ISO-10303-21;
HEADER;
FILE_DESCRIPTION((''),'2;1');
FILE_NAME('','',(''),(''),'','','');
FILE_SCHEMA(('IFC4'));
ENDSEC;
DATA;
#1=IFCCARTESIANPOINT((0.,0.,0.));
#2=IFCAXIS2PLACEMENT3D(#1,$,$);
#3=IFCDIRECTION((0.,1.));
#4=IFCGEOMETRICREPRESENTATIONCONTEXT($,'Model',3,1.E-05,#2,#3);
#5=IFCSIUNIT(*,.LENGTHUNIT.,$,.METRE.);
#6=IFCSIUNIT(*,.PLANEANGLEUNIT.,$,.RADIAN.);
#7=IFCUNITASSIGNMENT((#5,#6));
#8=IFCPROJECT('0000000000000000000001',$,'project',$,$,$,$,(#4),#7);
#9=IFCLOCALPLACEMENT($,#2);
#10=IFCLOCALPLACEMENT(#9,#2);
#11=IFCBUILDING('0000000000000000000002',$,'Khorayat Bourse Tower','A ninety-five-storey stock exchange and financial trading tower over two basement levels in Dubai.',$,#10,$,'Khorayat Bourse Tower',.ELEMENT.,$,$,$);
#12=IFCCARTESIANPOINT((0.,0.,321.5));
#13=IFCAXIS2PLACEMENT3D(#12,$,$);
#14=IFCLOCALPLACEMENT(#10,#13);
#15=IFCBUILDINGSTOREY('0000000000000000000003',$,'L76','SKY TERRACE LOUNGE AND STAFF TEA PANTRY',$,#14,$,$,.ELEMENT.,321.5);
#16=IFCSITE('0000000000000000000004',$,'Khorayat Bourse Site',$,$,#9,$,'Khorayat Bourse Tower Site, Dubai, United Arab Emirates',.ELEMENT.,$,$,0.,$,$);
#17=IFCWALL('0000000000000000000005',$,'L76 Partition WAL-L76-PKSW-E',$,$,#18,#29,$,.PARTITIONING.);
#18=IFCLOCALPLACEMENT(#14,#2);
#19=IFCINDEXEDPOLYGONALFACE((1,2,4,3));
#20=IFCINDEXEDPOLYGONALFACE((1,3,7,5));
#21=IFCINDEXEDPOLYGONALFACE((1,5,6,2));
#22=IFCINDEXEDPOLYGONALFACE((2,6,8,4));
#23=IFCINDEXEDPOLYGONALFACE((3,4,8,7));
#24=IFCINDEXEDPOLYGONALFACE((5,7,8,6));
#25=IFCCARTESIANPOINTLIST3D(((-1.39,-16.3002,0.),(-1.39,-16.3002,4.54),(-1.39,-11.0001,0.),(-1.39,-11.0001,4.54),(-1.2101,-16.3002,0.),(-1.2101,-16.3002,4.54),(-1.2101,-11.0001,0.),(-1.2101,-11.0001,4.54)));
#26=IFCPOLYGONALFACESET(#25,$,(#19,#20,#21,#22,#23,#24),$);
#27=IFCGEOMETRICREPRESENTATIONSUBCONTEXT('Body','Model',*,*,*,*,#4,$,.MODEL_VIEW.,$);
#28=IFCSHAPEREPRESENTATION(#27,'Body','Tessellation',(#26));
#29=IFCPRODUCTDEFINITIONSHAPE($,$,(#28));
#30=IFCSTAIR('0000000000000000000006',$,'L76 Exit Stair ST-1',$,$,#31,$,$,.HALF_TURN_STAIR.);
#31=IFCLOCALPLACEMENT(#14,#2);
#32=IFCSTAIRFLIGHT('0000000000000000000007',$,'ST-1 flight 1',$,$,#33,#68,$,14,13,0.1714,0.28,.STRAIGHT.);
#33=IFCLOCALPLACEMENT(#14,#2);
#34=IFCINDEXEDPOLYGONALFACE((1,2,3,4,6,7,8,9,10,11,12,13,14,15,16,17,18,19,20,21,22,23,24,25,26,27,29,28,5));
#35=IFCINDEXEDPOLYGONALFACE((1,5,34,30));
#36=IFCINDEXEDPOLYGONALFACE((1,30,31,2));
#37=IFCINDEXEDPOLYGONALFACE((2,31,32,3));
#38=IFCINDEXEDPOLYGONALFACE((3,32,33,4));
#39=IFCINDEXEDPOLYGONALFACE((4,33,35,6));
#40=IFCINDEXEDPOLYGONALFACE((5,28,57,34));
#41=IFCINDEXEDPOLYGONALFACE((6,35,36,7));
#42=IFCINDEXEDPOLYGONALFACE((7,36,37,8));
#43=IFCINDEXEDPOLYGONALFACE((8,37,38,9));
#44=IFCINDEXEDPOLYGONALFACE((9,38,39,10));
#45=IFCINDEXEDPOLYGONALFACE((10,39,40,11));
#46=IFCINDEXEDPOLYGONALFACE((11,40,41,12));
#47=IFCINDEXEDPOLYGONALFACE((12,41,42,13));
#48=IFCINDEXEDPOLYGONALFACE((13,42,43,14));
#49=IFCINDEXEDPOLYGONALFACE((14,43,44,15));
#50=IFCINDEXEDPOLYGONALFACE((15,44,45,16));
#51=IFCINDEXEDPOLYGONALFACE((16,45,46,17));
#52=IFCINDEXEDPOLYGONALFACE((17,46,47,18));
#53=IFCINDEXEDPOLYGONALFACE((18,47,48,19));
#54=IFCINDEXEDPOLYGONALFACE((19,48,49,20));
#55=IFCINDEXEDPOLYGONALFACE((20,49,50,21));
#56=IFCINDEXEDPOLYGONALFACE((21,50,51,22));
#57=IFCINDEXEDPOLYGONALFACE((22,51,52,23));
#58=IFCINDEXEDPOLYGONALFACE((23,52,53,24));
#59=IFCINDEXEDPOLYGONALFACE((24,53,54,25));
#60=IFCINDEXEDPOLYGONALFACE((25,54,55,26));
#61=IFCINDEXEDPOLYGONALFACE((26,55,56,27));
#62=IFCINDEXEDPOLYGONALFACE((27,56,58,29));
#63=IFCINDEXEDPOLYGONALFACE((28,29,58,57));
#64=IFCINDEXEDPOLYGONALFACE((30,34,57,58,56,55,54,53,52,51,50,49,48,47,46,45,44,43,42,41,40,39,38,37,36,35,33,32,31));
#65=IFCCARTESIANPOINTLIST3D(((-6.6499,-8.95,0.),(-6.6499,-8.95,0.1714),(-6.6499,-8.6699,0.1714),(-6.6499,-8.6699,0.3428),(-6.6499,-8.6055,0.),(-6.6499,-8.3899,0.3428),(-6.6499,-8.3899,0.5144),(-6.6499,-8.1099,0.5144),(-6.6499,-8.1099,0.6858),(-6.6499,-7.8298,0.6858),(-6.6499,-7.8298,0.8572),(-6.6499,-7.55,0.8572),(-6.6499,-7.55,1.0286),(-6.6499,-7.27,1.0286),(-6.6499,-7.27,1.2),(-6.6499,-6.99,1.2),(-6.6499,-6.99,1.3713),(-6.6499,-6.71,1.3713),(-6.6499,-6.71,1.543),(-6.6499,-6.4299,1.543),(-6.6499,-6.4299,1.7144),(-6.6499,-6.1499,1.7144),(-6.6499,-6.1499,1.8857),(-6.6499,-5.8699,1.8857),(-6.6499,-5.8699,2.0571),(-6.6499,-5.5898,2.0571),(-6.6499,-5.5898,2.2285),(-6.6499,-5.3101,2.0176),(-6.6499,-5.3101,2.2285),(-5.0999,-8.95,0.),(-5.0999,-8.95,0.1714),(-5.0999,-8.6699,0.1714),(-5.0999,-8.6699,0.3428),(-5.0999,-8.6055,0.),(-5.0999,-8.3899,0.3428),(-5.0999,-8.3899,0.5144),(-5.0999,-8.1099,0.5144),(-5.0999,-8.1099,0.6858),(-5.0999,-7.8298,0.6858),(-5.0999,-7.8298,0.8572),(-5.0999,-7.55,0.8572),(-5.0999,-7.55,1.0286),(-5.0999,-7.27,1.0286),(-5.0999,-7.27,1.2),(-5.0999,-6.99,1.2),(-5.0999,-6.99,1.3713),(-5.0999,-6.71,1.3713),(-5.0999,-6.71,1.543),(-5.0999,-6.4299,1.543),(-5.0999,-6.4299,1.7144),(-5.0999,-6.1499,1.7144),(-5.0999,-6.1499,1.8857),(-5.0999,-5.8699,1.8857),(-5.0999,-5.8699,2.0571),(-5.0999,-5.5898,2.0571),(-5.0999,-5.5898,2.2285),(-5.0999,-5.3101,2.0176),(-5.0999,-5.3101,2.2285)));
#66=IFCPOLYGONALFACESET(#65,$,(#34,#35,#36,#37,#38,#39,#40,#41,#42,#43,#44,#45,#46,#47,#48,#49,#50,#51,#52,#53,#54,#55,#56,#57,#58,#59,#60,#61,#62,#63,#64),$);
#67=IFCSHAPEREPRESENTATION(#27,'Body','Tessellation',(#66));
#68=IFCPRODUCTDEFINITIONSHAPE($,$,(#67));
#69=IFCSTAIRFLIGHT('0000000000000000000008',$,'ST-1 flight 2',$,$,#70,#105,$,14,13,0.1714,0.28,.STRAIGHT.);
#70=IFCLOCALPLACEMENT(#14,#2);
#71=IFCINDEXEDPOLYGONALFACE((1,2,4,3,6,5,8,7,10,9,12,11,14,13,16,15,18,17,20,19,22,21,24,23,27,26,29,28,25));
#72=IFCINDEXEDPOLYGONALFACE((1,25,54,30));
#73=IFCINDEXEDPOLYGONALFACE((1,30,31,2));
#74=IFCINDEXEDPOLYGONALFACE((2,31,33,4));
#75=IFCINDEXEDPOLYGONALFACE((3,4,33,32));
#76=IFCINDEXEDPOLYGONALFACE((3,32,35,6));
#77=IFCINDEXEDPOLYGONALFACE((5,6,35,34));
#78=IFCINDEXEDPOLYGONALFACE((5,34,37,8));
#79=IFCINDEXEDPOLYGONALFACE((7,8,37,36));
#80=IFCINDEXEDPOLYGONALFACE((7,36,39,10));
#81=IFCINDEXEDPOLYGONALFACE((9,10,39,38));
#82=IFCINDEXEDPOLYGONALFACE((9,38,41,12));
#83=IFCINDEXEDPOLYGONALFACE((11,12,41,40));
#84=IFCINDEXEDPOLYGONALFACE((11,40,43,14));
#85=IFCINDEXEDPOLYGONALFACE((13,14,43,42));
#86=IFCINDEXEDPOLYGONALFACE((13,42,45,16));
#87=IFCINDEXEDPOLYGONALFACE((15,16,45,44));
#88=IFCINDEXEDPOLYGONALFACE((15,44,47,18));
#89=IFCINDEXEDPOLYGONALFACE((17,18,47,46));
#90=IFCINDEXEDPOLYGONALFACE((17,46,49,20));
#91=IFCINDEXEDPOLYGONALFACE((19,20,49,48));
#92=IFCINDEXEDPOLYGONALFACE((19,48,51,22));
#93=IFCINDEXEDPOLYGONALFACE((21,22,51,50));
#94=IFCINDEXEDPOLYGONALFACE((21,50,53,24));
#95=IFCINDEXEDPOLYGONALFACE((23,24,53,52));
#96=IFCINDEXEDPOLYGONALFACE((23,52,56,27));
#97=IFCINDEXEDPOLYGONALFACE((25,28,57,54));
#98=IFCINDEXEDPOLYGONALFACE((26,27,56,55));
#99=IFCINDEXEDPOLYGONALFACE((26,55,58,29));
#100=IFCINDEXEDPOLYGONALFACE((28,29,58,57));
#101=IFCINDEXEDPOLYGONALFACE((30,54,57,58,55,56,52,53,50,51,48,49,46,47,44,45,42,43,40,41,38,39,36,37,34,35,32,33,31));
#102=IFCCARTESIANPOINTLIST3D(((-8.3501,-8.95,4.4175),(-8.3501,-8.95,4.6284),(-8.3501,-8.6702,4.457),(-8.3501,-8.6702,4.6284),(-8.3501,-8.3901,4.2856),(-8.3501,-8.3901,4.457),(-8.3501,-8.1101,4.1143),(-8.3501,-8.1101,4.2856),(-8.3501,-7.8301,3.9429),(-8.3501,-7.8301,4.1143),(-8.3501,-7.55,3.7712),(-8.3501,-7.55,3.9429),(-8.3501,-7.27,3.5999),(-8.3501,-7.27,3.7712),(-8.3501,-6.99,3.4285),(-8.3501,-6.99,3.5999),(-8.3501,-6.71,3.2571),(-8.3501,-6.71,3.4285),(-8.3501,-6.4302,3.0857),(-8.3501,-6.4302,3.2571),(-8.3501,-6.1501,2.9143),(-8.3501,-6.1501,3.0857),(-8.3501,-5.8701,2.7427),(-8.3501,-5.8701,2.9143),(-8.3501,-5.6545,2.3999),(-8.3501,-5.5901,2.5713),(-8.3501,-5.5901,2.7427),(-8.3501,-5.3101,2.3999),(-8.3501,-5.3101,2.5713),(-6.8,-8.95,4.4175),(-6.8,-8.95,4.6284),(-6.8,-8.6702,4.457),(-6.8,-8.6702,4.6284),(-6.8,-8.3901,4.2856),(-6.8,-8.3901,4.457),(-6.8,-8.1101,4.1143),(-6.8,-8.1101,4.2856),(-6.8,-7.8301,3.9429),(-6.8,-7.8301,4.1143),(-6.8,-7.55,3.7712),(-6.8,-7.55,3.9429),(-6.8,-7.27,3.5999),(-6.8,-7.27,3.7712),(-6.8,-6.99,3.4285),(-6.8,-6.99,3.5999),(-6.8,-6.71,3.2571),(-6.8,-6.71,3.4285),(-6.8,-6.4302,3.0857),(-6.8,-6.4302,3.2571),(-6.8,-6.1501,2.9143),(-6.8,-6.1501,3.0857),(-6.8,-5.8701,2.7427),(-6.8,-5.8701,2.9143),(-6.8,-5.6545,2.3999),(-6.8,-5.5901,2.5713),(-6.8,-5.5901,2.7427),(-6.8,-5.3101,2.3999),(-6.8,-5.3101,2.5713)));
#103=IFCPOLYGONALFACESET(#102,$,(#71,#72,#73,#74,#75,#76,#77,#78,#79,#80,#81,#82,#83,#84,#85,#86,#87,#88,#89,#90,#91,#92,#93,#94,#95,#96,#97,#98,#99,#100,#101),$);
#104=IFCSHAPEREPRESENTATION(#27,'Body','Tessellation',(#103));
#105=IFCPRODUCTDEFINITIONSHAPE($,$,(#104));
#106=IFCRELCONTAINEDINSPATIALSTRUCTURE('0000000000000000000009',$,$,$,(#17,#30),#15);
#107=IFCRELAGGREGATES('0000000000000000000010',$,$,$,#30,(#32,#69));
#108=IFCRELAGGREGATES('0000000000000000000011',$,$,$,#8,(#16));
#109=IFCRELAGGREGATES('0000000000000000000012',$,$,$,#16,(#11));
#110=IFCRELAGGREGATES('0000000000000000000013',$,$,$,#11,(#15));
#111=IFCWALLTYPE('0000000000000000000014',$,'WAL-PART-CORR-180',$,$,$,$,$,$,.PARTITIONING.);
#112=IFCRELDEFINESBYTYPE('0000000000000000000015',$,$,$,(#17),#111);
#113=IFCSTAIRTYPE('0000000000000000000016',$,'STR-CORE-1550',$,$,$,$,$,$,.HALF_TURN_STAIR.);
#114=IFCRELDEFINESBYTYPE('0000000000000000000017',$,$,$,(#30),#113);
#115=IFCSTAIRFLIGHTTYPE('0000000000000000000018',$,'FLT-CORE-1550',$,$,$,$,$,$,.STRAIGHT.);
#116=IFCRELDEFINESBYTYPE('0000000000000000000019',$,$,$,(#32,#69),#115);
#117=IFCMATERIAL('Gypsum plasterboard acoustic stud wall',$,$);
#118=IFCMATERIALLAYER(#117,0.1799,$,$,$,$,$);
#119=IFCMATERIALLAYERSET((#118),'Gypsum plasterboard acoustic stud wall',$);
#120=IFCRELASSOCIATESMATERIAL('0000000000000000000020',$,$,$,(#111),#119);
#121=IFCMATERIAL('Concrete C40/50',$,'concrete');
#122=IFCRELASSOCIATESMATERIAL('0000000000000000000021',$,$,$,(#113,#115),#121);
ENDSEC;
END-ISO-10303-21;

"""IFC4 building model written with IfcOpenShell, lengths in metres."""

from ifc_helpers import new_model, si_unit, direction, frame, frame_2d, origin, place, context, subcontext, project, spatial, polyline, rectangle, outline, extrude, source, transform, mapped, material, layer, layer_set, type_object, element, aggregate, save


model = new_model("IFC4")

# Units and contexts
model_context = context("Model", 3, precision=1e-05, world=origin(), true_north=direction((0.0, 1.0)))
body_context = subcontext(model_context, "Body", "Model", "MODEL_VIEW")
ifc_project = project(units=[si_unit("LENGTHUNIT", "METRE"), si_unit("PLANEANGLEUNIT", "RADIAN")], contexts=[model_context])

# Site, building, storey
site_placement = place(None, origin())
site = spatial("IfcSite", under=ifc_project, at=site_placement, Name="Khorayat Bourse Site", LongName="Khorayat Bourse Tower Site, Dubai, United Arab Emirates", CompositionType="ELEMENT", RefElevation=0.0)
building_placement = place(site_placement, origin())
building = spatial("IfcBuilding", under=site, at=building_placement, Name="Khorayat Bourse Tower", Description="A ninety-five-storey stock exchange and financial trading tower over two basement levels in Dubai.", LongName="Khorayat Bourse Tower", CompositionType="ELEMENT")
storey_placement = place(building_placement, frame((0.0, 0.0, 321.5)))
storey = spatial("IfcBuildingStorey", under=building, at=storey_placement, Name="L76", Description="SKY TERRACE LOUNGE AND STAFF TEA PANTRY", CompositionType="ELEMENT", Elevation=321.5)

# Wall
ifc_material_1 = material(Name="Gypsum plasterboard acoustic stud wall")
ifc_layer_1 = layer(ifc_material_1, 0.1799)
ifc_layer_set_1 = layer_set([ifc_layer_1], Name="Gypsum plasterboard acoustic stud wall")
wall_type_1 = type_object("IfcWallType", Name="WAL-PART-CORR-180", PredefinedType="PARTITIONING", material=ifc_layer_set_1)
shared_shape_1 = source(origin(), body_context, "Body", "SweptSolid", [
    extrude(rectangle(XDim=5.3, YDim=0.1799, at=frame_2d((2.6499, 0.0))), origin(), (0.0, 0.0, 1.0), 4.54),
])
wall_1_placement = place(storey_placement, frame((-1.3, -16.3, 0.0), z_axis=(0.0, 0.0, 1.0), x_axis=(0.0, 1.0, 0.0)))
element("IfcWall", 1, at=wall_1_placement, inside=storey, type_object=wall_type_1, Name="L76 Partition WAL-L76-PKSW-E", PredefinedType="PARTITIONING", context=body_context, shape_type="MappedRepresentation", body=[
    mapped(shared_shape_1, transform((0.0, 0.0, 0.0), scale=1.0)),
])

# Stair, stair flights
ifc_material_2 = material(Name="Concrete C40/50", Category="concrete")
stair_type = type_object("IfcStairType", Name="STR-CORE-1550", PredefinedType="HALF_TURN_STAIR", material=ifc_material_2)
stair_placement = place(storey_placement, origin())
stair = element("IfcStair", 2, at=stair_placement, inside=storey, type_object=stair_type, Name="L76 Exit Stair ST-1", PredefinedType="HALF_TURN_STAIR")
stair_flight_type = type_object("IfcStairFlightType", Name="FLT-CORE-1550", PredefinedType="STRAIGHT", material=ifc_material_2)
shared_shape_2 = source(origin(), body_context, "Body", "SweptSolid", [
    extrude(outline(polyline([(0.0, 0.0), (0.0, 0.1714), (0.28, 0.1714), (0.28, 0.3428), (0.5601, 0.3428), (0.5601, 0.5144), (0.8401, 0.5144), (0.8401, 0.6858), (1.1201, 0.6858), (1.1201, 0.8572), (1.3999, 0.8572), (1.3999, 1.0286), (1.6799, 1.0286), (1.6799, 1.2), (1.96, 1.2), (1.96, 1.3713), (2.24, 1.3713), (2.24, 1.543), (2.52, 1.543), (2.52, 1.7144), (2.8, 1.7144), (2.8, 1.8857), (3.0801, 1.8857), (3.0801, 2.0571), (3.3601, 2.0571), (3.3601, 2.2285), (3.6399, 2.2285), (3.6399, 2.3999), (3.6399, 2.0176), (0.3445, 0.0), (0.0, 0.0)])), frame((0.0, 0.7749, 0.0), z_axis=(0.0, -1.0, 0.0), x_axis=(1.0, 0.0, 0.0)), (0.0, 0.0, 1.0), 1.55),
])
stair_flight_1_placement = place(storey_placement, frame((-5.875, -8.95, 0.0), z_axis=(0.0, 0.0, 1.0), x_axis=(0.0, 1.0, 0.0)))
stair_flight_1 = element("IfcStairFlight", 3, at=stair_flight_1_placement, type_object=stair_flight_type, Name="ST-1 flight 1", NumberOfRisers=14, NumberOfTreads=13, PredefinedType="STRAIGHT", RiserHeight=0.1714, TreadLength=0.28, context=body_context, shape_type="MappedRepresentation", body=[
    mapped(shared_shape_2, transform((0.0, 0.0, 0.0), scale=1.0)),
])
stair_flight_2_placement = place(storey_placement, frame((-7.575, -5.3101, 2.3999), z_axis=(0.0, 0.0, 1.0), x_axis=(0.0, -1.0, 0.0)))
stair_flight_2 = element("IfcStairFlight", 4, at=stair_flight_2_placement, type_object=stair_flight_type, Name="ST-1 flight 2", NumberOfRisers=14, NumberOfTreads=13, PredefinedType="STRAIGHT", RiserHeight=0.1714, TreadLength=0.28, context=body_context, shape_type="MappedRepresentation", body=[
    mapped(shared_shape_2, transform((0.0, 0.0, 0.0), scale=1.0)),
])
aggregate(stair, [stair_flight_1, stair_flight_2])

save(model, "model.ifc")
